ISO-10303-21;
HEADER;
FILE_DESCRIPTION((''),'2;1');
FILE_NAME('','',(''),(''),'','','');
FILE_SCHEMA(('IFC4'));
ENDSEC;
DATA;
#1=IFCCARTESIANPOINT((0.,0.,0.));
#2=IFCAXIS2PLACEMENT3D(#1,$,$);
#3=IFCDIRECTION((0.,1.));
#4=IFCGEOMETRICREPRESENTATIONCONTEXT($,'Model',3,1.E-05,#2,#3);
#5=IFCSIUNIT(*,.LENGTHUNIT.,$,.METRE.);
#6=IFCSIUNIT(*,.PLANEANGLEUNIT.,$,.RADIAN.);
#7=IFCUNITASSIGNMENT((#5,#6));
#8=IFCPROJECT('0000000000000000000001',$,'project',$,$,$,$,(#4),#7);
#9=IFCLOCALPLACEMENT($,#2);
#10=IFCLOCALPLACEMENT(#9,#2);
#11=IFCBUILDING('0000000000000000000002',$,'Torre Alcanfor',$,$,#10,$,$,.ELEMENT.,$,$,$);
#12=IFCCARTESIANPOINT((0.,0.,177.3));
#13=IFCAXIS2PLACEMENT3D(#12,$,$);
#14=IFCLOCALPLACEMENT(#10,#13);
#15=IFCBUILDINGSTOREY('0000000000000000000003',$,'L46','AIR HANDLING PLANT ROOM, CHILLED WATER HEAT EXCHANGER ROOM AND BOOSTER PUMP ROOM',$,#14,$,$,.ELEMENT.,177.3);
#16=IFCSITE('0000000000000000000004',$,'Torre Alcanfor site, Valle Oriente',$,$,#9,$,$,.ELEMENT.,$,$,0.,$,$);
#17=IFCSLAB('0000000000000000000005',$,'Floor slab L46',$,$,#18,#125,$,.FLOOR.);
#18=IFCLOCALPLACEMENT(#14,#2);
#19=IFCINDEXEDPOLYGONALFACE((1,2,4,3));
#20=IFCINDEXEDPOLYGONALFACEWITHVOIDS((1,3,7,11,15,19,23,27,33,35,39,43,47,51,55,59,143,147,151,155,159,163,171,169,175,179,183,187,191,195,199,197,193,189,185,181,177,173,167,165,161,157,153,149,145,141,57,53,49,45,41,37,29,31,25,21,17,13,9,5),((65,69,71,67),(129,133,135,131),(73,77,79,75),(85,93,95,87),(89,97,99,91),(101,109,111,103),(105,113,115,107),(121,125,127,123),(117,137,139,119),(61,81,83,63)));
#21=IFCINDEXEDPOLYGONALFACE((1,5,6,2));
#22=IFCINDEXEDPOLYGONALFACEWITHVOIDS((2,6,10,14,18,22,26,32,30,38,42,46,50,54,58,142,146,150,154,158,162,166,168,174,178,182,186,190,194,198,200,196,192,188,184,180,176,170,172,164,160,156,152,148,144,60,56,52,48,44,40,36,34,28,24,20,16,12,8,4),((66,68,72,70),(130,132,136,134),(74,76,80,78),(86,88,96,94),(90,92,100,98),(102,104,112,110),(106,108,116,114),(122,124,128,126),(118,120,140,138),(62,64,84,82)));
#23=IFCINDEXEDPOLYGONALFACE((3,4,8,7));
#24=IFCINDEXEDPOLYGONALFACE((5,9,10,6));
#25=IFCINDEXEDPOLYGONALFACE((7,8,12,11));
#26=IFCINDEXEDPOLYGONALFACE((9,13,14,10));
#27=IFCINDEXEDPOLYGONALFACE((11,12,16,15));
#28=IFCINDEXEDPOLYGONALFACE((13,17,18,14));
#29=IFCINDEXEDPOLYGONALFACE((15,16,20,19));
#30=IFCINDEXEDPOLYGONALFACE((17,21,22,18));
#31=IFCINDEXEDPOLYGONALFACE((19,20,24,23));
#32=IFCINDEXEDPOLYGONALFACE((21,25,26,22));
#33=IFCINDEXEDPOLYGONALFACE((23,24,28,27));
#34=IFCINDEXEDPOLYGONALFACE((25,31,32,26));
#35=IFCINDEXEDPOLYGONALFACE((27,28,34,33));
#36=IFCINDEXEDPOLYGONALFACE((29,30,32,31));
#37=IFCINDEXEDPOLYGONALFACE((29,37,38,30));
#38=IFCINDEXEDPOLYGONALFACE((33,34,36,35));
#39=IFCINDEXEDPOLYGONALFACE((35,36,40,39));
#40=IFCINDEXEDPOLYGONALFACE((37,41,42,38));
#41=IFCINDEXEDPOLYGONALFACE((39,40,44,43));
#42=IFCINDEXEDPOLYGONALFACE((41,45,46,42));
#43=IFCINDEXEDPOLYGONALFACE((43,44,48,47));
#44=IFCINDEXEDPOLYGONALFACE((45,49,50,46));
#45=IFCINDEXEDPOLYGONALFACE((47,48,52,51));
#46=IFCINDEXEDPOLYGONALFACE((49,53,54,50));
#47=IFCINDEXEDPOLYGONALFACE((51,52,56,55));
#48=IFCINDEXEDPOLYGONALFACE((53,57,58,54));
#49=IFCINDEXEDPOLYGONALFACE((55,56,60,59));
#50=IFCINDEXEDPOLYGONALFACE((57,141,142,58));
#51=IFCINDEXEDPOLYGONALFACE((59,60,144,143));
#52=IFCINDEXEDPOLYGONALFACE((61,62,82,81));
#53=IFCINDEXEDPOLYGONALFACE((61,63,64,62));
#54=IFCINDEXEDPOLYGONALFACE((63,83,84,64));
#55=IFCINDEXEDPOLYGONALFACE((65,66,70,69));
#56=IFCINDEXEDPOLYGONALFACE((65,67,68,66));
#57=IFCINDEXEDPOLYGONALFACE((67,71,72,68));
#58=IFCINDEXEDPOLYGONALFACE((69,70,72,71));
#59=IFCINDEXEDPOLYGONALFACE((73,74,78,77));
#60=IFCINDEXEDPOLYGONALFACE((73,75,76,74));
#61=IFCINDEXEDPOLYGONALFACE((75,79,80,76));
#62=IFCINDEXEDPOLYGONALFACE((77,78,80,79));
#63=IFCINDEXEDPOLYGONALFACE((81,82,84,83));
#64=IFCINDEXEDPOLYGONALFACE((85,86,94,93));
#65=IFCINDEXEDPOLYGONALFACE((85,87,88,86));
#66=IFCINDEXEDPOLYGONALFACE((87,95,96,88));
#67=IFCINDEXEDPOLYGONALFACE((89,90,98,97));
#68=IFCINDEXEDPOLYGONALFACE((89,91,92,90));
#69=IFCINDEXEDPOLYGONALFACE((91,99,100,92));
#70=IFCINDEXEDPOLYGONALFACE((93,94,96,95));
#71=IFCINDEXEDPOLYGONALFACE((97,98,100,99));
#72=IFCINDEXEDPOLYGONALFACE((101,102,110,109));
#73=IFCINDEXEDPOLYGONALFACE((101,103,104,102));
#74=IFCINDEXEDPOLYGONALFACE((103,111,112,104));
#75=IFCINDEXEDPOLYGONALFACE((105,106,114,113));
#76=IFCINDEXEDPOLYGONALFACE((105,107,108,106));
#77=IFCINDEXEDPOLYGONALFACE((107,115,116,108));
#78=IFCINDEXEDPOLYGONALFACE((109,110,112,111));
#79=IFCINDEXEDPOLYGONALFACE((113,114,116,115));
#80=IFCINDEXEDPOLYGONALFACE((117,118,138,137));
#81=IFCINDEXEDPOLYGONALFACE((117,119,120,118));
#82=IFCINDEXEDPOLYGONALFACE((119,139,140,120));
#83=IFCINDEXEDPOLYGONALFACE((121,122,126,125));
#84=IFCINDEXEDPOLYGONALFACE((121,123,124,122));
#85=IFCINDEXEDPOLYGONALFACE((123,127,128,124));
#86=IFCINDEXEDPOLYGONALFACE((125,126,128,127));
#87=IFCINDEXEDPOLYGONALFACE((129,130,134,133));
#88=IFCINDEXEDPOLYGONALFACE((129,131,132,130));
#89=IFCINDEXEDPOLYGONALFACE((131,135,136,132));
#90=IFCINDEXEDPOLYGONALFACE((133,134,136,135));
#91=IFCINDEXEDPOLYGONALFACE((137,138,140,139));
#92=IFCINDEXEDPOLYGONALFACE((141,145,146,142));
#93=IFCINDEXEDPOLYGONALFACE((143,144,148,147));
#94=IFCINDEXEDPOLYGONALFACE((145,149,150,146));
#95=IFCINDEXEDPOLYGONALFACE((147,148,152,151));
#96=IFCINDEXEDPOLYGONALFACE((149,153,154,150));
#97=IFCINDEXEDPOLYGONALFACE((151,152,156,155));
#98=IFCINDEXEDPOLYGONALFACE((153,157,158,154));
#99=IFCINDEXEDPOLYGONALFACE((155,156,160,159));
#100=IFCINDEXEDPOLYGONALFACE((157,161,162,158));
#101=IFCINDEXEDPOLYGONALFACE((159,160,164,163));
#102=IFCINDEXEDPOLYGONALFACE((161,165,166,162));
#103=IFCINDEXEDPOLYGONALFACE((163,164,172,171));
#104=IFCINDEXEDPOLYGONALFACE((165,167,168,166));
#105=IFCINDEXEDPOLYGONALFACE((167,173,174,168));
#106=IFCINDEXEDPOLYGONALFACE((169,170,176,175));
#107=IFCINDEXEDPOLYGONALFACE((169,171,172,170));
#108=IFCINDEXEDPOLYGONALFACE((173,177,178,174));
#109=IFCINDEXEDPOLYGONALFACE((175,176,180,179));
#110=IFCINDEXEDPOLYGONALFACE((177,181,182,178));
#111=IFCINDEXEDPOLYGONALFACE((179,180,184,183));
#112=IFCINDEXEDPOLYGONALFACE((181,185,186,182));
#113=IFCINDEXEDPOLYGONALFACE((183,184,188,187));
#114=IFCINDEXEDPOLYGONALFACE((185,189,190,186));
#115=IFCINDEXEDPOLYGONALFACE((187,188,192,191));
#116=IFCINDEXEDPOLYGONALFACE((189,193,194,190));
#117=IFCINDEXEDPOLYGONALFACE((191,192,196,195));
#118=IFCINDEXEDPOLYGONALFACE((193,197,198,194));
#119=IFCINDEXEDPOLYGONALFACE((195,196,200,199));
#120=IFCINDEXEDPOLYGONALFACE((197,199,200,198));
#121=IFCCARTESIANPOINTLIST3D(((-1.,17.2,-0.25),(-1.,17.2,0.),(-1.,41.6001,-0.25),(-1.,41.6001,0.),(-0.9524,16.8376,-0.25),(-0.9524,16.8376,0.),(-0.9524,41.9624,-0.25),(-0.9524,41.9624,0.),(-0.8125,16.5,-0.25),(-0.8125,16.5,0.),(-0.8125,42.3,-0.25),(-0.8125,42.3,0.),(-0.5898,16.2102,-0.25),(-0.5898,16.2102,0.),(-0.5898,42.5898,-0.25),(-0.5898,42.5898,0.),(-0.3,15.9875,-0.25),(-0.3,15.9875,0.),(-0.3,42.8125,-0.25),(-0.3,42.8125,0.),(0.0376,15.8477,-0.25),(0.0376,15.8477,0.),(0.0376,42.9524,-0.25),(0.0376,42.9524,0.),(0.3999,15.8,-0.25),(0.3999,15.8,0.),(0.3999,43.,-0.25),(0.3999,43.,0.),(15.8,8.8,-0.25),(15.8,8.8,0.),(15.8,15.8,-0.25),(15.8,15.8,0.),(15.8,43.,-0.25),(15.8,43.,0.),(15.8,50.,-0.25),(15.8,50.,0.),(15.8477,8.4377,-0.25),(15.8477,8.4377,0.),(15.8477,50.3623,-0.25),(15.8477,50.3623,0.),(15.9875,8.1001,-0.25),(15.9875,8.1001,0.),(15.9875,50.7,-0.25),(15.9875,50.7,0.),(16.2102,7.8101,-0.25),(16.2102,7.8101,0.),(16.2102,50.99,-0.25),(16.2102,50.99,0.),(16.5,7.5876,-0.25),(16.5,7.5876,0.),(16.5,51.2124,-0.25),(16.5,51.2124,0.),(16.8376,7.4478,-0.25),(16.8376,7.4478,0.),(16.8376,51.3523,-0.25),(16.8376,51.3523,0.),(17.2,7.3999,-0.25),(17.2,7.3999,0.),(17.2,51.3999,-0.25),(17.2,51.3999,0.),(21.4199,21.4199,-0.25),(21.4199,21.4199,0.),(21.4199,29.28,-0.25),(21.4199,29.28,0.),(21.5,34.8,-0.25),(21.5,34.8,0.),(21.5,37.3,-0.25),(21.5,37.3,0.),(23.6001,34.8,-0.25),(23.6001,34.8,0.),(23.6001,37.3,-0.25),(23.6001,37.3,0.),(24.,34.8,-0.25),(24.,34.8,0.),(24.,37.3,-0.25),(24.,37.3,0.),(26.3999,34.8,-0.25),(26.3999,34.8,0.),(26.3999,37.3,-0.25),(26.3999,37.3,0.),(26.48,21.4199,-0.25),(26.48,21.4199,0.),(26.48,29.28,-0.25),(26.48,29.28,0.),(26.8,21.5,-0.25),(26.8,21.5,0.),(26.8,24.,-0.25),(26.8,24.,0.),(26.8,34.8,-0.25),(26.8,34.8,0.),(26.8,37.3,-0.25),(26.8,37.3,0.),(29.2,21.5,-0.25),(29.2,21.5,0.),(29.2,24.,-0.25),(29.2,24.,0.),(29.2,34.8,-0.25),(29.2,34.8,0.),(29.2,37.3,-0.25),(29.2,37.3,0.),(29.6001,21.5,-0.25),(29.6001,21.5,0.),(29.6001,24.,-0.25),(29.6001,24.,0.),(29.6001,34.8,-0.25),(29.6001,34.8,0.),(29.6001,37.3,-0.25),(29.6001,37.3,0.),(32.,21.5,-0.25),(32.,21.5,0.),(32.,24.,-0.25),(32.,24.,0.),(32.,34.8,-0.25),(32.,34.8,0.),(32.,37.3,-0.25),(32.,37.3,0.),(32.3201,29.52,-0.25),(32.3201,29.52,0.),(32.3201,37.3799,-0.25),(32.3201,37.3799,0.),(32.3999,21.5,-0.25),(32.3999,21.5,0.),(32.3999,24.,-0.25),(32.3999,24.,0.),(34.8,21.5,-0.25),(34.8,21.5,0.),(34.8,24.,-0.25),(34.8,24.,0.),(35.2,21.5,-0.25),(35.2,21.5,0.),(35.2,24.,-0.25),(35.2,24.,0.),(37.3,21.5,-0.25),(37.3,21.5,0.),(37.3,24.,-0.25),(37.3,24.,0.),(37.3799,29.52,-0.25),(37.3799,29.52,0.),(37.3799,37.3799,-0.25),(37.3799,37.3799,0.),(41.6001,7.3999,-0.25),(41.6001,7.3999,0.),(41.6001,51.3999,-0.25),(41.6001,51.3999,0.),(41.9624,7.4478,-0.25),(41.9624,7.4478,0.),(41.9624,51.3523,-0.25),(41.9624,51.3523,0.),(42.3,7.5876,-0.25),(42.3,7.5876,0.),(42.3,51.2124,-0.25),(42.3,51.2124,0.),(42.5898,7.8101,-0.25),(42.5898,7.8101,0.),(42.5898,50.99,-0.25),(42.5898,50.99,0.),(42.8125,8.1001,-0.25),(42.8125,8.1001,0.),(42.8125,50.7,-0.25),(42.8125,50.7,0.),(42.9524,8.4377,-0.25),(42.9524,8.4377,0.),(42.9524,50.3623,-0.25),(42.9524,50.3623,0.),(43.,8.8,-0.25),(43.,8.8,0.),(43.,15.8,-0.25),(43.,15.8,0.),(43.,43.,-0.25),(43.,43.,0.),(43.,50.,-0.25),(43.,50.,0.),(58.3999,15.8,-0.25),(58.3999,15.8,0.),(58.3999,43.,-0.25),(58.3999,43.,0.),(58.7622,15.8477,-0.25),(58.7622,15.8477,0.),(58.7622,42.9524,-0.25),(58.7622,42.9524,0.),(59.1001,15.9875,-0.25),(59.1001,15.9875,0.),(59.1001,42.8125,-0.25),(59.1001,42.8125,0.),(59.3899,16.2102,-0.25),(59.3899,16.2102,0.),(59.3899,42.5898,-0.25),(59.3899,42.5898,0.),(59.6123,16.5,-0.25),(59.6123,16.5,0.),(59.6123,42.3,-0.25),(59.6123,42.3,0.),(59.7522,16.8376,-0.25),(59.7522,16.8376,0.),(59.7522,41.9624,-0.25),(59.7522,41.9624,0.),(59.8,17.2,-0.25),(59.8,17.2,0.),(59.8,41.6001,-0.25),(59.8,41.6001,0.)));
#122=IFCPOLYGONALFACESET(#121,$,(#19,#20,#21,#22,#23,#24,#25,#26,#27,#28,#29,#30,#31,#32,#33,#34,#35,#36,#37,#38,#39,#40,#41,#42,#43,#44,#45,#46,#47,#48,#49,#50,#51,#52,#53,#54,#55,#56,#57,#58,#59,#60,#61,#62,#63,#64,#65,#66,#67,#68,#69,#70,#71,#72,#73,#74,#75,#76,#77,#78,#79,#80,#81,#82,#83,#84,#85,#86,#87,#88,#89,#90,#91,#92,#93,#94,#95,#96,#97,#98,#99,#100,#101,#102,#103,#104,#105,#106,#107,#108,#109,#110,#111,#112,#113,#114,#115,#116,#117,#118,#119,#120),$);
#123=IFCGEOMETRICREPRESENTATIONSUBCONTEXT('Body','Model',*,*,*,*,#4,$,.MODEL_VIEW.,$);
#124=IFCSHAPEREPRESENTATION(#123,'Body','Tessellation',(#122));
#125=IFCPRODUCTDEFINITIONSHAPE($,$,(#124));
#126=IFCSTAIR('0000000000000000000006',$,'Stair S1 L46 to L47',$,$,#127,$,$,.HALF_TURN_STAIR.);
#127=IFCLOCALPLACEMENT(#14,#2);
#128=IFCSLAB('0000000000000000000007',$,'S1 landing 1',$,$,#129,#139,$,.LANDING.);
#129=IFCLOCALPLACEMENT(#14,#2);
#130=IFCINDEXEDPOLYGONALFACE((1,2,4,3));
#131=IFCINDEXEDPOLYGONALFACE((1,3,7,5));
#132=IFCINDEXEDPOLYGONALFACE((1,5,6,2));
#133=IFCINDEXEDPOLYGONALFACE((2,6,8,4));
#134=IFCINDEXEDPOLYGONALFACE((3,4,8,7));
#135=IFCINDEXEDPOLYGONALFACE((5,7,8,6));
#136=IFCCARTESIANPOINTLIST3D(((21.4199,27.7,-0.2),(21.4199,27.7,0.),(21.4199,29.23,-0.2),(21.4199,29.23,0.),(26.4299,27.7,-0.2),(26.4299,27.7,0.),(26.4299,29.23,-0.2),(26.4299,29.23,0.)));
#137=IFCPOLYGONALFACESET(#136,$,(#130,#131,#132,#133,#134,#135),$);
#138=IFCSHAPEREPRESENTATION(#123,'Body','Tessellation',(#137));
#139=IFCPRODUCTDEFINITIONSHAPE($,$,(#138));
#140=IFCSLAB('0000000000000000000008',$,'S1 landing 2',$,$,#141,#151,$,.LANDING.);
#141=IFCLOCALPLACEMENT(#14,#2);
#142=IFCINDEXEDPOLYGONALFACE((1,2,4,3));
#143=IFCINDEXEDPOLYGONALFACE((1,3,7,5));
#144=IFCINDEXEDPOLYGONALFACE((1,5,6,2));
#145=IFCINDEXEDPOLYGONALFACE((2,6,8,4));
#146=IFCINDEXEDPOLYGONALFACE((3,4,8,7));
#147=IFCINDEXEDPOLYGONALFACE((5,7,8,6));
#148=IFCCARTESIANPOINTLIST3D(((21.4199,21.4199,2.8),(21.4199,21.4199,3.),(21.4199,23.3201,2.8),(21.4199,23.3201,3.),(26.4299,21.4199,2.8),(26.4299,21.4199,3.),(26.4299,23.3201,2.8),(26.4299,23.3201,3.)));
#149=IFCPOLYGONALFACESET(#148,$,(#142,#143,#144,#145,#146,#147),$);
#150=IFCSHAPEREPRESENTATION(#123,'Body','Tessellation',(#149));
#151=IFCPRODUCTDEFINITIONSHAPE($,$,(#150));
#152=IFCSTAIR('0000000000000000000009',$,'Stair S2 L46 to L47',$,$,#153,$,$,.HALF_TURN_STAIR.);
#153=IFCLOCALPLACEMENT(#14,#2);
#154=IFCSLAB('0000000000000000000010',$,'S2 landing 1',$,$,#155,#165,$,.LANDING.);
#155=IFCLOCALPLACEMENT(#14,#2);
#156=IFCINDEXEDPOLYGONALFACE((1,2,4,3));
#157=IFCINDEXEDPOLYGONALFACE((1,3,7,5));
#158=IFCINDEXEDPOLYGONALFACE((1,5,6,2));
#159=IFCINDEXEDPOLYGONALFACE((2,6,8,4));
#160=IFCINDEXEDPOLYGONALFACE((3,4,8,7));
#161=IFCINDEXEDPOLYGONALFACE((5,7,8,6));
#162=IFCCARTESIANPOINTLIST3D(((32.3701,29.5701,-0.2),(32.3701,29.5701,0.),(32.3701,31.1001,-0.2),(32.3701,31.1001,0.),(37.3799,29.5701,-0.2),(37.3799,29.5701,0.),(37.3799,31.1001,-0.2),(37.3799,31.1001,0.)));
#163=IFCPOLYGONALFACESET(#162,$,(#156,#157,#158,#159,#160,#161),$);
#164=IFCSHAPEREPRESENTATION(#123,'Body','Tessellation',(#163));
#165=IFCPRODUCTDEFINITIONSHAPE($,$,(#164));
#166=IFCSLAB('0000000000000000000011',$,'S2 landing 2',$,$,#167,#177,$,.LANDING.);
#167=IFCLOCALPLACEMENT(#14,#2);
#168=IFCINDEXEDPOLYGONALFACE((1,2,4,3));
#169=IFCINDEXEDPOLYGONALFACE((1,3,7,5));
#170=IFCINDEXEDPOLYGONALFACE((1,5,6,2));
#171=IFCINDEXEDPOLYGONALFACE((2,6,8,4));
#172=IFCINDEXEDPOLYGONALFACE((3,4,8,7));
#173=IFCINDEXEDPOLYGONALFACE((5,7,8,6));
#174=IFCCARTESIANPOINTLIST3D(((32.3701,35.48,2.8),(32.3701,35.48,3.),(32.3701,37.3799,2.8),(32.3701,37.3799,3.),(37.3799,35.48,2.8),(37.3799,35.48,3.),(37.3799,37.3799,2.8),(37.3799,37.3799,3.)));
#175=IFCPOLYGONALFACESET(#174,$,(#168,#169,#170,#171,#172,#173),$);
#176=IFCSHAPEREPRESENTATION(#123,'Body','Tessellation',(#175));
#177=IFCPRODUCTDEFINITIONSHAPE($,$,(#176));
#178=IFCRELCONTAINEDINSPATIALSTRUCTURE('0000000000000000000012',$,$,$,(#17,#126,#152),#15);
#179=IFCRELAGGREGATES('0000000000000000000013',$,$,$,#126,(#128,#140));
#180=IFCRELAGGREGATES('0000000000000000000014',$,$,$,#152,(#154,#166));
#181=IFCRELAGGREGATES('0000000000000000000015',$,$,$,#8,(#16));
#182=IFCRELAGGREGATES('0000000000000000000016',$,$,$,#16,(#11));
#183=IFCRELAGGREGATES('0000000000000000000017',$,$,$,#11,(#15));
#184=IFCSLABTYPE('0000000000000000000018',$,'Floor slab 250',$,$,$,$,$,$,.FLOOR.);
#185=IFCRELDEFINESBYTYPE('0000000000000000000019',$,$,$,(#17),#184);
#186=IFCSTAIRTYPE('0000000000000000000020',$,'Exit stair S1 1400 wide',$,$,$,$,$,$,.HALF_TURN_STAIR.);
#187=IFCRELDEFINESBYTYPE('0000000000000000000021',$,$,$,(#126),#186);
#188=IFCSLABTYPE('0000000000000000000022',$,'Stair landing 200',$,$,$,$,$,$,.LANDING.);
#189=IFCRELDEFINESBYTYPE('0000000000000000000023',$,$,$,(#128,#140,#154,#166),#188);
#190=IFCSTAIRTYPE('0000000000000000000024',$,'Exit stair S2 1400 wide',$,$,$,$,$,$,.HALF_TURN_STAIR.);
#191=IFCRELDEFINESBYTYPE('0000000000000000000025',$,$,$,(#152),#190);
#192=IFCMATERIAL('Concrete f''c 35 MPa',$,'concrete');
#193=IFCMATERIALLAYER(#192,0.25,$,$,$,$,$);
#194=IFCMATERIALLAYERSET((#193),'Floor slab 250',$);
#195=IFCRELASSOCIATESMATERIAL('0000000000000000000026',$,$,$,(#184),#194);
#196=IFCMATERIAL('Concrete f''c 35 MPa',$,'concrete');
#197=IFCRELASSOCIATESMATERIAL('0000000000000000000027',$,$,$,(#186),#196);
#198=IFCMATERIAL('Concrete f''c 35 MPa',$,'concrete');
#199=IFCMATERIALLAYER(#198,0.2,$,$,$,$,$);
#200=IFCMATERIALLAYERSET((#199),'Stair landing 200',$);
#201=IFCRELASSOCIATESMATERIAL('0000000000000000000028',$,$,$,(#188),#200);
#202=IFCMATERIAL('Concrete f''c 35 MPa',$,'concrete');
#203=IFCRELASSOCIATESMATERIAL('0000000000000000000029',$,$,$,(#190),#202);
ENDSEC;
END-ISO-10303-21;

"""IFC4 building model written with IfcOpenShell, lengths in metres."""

from ifc_helpers import new_model, si_unit, direction, frame, origin, place, context, subcontext, project, spatial, polyline, outline, extrude, material, layer, layer_set, type_object, element, aggregate, save


model = new_model("IFC4")

# Units and contexts
model_context = context("Model", 3, precision=1e-05, world=origin(), true_north=direction((0.0, 1.0)))
body_context = subcontext(model_context, "Body", "Model", "MODEL_VIEW")
ifc_project = project(units=[si_unit("LENGTHUNIT", "METRE"), si_unit("PLANEANGLEUNIT", "RADIAN")], contexts=[model_context])

# Site, building, storey
site_placement = place(None, origin())
site = spatial("IfcSite", under=ifc_project, at=site_placement, Name="Torre Alcanfor site, Valle Oriente", CompositionType="ELEMENT", RefElevation=0.0)
building_placement = place(site_placement, origin())
building = spatial("IfcBuilding", under=site, at=building_placement, Name="Torre Alcanfor", CompositionType="ELEMENT")
storey_placement = place(building_placement, frame((0.0, 0.0, 177.3)))
storey = spatial("IfcBuildingStorey", under=building, at=storey_placement, Name="L46", Description="AIR HANDLING PLANT ROOM, CHILLED WATER HEAT EXCHANGER ROOM AND BOOSTER PUMP ROOM", CompositionType="ELEMENT", Elevation=177.3)

# Slab
ifc_material_1 = material(Name="Concrete f'c 35 MPa", Category="concrete")
ifc_layer_1 = layer(ifc_material_1, 0.25)
ifc_layer_set_1 = layer_set([ifc_layer_1], Name="Floor slab 250")
slab_type_1 = type_object("IfcSlabType", Name="Floor slab 250", PredefinedType="FLOOR", material=ifc_layer_set_1)
slab_1_placement = place(storey_placement, frame((0.0, 0.0, -0.25)))
element("IfcSlab", 1, at=slab_1_placement, inside=storey, type_object=slab_type_1, Name="Floor slab L46", PredefinedType="FLOOR", context=body_context, shape_type="SweptSolid", body=[
    extrude(outline(polyline([(15.8, 43.0), (0.3999, 43.0), (0.0376, 42.9524), (-0.3, 42.8125), (-0.5898, 42.5898), (-0.8125, 42.3), (-0.9524, 41.9624), (-1.0, 41.6001), (-1.0, 17.2), (-0.9524, 16.8376), (-0.8125, 16.5), (-0.5898, 16.2102), (-0.3, 15.9875), (0.0376, 15.8477), (0.3999, 15.8), (15.8, 15.8), (15.8, 8.8), (15.8477, 8.4377), (15.9875, 8.1001), (16.2102, 7.8101), (16.5, 7.5876), (16.8376, 7.4478), (17.2, 7.3999), (41.6001, 7.3999), (41.9624, 7.4478), (42.3, 7.5876), (42.5898, 7.8101), (42.8125, 8.1001), (42.9524, 8.4377), (43.0, 8.8), (43.0, 15.8), (58.3999, 15.8), (58.7622, 15.8477), (59.1001, 15.9875), (59.3899, 16.2102), (59.6123, 16.5), (59.7522, 16.8376), (59.8, 17.2), (59.8, 41.6001), (59.7522, 41.9624), (59.6123, 42.3), (59.3899, 42.5898), (59.1001, 42.8125), (58.7622, 42.9524), (58.3999, 43.0), (43.0, 43.0), (43.0, 50.0), (42.9524, 50.3623), (42.8125, 50.7), (42.5898, 50.99), (42.3, 51.2124), (41.9624, 51.3523), (41.6001, 51.3999), (17.2, 51.3999), (16.8376, 51.3523), (16.5, 51.2124), (16.2102, 50.99), (15.9875, 50.7), (15.8477, 50.3623), (15.8, 50.0), (15.8, 43.0)]), holes=[polyline([(21.4199, 21.4199), (26.48, 21.4199), (26.48, 29.28), (21.4199, 29.28), (21.4199, 21.4199)]), polyline([(32.3201, 29.52), (37.3799, 29.52), (37.3799, 37.3799), (32.3201, 37.3799), (32.3201, 29.52)]), polyline([(26.8, 21.5), (29.2, 21.5), (29.2, 24.0), (26.8, 24.0), (26.8, 21.5)]), polyline([(29.6001, 21.5), (32.0, 21.5), (32.0, 24.0), (29.6001, 24.0), (29.6001, 21.5)]), polyline([(32.3999, 21.5), (34.8, 21.5), (34.8, 24.0), (32.3999, 24.0), (32.3999, 21.5)]), polyline([(35.2, 21.5), (37.3, 21.5), (37.3, 24.0), (35.2, 24.0), (35.2, 21.5)]), polyline([(21.5, 34.8), (23.6001, 34.8), (23.6001, 37.3), (21.5, 37.3), (21.5, 34.8)]), polyline([(24.0, 34.8), (26.3999, 34.8), (26.3999, 37.3), (24.0, 37.3), (24.0, 34.8)]), polyline([(26.8, 34.8), (29.2, 34.8), (29.2, 37.3), (26.8, 37.3), (26.8, 34.8)]), polyline([(29.6001, 34.8), (32.0, 34.8), (32.0, 37.3), (29.6001, 37.3), (29.6001, 34.8)])]), origin(), (0.0, 0.0, 1.0), 0.25),
])

# Stairs, slabs
ifc_material_2 = material(Name="Concrete f'c 35 MPa", Category="concrete")
stair_type_1 = type_object("IfcStairType", Name="Exit stair S1 1400 wide", PredefinedType="HALF_TURN_STAIR", material=ifc_material_2)
stair_1_placement = place(storey_placement, origin())
stair_1 = element("IfcStair", 2, at=stair_1_placement, inside=storey, type_object=stair_type_1, Name="Stair S1 L46 to L47", PredefinedType="HALF_TURN_STAIR")
ifc_material_3 = material(Name="Concrete f'c 35 MPa", Category="concrete")
ifc_layer_2 = layer(ifc_material_3, 0.2)
ifc_layer_set_2 = layer_set([ifc_layer_2], Name="Stair landing 200")
slab_type_2 = type_object("IfcSlabType", Name="Stair landing 200", PredefinedType="LANDING", material=ifc_layer_set_2)
slab_2_placement = place(storey_placement, frame((0.0, 0.0, -0.2)))
slab_2 = element("IfcSlab", 3, at=slab_2_placement, type_object=slab_type_2, Name="S1 landing 1", PredefinedType="LANDING", context=body_context, shape_type="SweptSolid", body=[
    extrude(outline(polyline([(21.4199, 27.7), (26.4299, 27.7), (26.4299, 29.23), (21.4199, 29.23), (21.4199, 27.7)])), origin(), (0.0, 0.0, 1.0), 0.2),
])
slab_3_placement = place(storey_placement, frame((0.0, 0.0, 2.8)))
slab_3 = element("IfcSlab", 4, at=slab_3_placement, type_object=slab_type_2, Name="S1 landing 2", PredefinedType="LANDING", context=body_context, shape_type="SweptSolid", body=[
    extrude(outline(polyline([(21.4199, 21.4199), (26.4299, 21.4199), (26.4299, 23.3201), (21.4199, 23.3201), (21.4199, 21.4199)])), origin(), (0.0, 0.0, 1.0), 0.2),
])
aggregate(stair_1, [slab_2, slab_3])
ifc_material_4 = material(Name="Concrete f'c 35 MPa", Category="concrete")
stair_type_2 = type_object("IfcStairType", Name="Exit stair S2 1400 wide", PredefinedType="HALF_TURN_STAIR", material=ifc_material_4)
stair_2_placement = place(storey_placement, origin())
stair_2 = element("IfcStair", 5, at=stair_2_placement, inside=storey, type_object=stair_type_2, Name="Stair S2 L46 to L47", PredefinedType="HALF_TURN_STAIR")
slab_4_placement = place(storey_placement, frame((0.0, 0.0, -0.2)))
slab_4 = element("IfcSlab", 6, at=slab_4_placement, type_object=slab_type_2, Name="S2 landing 1", PredefinedType="LANDING", context=body_context, shape_type="SweptSolid", body=[
    extrude(outline(polyline([(32.3701, 29.5701), (37.3799, 29.5701), (37.3799, 31.1001), (32.3701, 31.1001), (32.3701, 29.5701)])), origin(), (0.0, 0.0, 1.0), 0.2),
])
slab_5_placement = place(storey_placement, frame((0.0, 0.0, 2.8)))
slab_5 = element("IfcSlab", 7, at=slab_5_placement, type_object=slab_type_2, Name="S2 landing 2", PredefinedType="LANDING", context=body_context, shape_type="SweptSolid", body=[
    extrude(outline(polyline([(32.3701, 35.48), (37.3799, 35.48), (37.3799, 37.3799), (32.3701, 37.3799), (32.3701, 35.48)])), origin(), (0.0, 0.0, 1.0), 0.2),
])
aggregate(stair_2, [slab_4, slab_5])

save(model, "model.ifc")
